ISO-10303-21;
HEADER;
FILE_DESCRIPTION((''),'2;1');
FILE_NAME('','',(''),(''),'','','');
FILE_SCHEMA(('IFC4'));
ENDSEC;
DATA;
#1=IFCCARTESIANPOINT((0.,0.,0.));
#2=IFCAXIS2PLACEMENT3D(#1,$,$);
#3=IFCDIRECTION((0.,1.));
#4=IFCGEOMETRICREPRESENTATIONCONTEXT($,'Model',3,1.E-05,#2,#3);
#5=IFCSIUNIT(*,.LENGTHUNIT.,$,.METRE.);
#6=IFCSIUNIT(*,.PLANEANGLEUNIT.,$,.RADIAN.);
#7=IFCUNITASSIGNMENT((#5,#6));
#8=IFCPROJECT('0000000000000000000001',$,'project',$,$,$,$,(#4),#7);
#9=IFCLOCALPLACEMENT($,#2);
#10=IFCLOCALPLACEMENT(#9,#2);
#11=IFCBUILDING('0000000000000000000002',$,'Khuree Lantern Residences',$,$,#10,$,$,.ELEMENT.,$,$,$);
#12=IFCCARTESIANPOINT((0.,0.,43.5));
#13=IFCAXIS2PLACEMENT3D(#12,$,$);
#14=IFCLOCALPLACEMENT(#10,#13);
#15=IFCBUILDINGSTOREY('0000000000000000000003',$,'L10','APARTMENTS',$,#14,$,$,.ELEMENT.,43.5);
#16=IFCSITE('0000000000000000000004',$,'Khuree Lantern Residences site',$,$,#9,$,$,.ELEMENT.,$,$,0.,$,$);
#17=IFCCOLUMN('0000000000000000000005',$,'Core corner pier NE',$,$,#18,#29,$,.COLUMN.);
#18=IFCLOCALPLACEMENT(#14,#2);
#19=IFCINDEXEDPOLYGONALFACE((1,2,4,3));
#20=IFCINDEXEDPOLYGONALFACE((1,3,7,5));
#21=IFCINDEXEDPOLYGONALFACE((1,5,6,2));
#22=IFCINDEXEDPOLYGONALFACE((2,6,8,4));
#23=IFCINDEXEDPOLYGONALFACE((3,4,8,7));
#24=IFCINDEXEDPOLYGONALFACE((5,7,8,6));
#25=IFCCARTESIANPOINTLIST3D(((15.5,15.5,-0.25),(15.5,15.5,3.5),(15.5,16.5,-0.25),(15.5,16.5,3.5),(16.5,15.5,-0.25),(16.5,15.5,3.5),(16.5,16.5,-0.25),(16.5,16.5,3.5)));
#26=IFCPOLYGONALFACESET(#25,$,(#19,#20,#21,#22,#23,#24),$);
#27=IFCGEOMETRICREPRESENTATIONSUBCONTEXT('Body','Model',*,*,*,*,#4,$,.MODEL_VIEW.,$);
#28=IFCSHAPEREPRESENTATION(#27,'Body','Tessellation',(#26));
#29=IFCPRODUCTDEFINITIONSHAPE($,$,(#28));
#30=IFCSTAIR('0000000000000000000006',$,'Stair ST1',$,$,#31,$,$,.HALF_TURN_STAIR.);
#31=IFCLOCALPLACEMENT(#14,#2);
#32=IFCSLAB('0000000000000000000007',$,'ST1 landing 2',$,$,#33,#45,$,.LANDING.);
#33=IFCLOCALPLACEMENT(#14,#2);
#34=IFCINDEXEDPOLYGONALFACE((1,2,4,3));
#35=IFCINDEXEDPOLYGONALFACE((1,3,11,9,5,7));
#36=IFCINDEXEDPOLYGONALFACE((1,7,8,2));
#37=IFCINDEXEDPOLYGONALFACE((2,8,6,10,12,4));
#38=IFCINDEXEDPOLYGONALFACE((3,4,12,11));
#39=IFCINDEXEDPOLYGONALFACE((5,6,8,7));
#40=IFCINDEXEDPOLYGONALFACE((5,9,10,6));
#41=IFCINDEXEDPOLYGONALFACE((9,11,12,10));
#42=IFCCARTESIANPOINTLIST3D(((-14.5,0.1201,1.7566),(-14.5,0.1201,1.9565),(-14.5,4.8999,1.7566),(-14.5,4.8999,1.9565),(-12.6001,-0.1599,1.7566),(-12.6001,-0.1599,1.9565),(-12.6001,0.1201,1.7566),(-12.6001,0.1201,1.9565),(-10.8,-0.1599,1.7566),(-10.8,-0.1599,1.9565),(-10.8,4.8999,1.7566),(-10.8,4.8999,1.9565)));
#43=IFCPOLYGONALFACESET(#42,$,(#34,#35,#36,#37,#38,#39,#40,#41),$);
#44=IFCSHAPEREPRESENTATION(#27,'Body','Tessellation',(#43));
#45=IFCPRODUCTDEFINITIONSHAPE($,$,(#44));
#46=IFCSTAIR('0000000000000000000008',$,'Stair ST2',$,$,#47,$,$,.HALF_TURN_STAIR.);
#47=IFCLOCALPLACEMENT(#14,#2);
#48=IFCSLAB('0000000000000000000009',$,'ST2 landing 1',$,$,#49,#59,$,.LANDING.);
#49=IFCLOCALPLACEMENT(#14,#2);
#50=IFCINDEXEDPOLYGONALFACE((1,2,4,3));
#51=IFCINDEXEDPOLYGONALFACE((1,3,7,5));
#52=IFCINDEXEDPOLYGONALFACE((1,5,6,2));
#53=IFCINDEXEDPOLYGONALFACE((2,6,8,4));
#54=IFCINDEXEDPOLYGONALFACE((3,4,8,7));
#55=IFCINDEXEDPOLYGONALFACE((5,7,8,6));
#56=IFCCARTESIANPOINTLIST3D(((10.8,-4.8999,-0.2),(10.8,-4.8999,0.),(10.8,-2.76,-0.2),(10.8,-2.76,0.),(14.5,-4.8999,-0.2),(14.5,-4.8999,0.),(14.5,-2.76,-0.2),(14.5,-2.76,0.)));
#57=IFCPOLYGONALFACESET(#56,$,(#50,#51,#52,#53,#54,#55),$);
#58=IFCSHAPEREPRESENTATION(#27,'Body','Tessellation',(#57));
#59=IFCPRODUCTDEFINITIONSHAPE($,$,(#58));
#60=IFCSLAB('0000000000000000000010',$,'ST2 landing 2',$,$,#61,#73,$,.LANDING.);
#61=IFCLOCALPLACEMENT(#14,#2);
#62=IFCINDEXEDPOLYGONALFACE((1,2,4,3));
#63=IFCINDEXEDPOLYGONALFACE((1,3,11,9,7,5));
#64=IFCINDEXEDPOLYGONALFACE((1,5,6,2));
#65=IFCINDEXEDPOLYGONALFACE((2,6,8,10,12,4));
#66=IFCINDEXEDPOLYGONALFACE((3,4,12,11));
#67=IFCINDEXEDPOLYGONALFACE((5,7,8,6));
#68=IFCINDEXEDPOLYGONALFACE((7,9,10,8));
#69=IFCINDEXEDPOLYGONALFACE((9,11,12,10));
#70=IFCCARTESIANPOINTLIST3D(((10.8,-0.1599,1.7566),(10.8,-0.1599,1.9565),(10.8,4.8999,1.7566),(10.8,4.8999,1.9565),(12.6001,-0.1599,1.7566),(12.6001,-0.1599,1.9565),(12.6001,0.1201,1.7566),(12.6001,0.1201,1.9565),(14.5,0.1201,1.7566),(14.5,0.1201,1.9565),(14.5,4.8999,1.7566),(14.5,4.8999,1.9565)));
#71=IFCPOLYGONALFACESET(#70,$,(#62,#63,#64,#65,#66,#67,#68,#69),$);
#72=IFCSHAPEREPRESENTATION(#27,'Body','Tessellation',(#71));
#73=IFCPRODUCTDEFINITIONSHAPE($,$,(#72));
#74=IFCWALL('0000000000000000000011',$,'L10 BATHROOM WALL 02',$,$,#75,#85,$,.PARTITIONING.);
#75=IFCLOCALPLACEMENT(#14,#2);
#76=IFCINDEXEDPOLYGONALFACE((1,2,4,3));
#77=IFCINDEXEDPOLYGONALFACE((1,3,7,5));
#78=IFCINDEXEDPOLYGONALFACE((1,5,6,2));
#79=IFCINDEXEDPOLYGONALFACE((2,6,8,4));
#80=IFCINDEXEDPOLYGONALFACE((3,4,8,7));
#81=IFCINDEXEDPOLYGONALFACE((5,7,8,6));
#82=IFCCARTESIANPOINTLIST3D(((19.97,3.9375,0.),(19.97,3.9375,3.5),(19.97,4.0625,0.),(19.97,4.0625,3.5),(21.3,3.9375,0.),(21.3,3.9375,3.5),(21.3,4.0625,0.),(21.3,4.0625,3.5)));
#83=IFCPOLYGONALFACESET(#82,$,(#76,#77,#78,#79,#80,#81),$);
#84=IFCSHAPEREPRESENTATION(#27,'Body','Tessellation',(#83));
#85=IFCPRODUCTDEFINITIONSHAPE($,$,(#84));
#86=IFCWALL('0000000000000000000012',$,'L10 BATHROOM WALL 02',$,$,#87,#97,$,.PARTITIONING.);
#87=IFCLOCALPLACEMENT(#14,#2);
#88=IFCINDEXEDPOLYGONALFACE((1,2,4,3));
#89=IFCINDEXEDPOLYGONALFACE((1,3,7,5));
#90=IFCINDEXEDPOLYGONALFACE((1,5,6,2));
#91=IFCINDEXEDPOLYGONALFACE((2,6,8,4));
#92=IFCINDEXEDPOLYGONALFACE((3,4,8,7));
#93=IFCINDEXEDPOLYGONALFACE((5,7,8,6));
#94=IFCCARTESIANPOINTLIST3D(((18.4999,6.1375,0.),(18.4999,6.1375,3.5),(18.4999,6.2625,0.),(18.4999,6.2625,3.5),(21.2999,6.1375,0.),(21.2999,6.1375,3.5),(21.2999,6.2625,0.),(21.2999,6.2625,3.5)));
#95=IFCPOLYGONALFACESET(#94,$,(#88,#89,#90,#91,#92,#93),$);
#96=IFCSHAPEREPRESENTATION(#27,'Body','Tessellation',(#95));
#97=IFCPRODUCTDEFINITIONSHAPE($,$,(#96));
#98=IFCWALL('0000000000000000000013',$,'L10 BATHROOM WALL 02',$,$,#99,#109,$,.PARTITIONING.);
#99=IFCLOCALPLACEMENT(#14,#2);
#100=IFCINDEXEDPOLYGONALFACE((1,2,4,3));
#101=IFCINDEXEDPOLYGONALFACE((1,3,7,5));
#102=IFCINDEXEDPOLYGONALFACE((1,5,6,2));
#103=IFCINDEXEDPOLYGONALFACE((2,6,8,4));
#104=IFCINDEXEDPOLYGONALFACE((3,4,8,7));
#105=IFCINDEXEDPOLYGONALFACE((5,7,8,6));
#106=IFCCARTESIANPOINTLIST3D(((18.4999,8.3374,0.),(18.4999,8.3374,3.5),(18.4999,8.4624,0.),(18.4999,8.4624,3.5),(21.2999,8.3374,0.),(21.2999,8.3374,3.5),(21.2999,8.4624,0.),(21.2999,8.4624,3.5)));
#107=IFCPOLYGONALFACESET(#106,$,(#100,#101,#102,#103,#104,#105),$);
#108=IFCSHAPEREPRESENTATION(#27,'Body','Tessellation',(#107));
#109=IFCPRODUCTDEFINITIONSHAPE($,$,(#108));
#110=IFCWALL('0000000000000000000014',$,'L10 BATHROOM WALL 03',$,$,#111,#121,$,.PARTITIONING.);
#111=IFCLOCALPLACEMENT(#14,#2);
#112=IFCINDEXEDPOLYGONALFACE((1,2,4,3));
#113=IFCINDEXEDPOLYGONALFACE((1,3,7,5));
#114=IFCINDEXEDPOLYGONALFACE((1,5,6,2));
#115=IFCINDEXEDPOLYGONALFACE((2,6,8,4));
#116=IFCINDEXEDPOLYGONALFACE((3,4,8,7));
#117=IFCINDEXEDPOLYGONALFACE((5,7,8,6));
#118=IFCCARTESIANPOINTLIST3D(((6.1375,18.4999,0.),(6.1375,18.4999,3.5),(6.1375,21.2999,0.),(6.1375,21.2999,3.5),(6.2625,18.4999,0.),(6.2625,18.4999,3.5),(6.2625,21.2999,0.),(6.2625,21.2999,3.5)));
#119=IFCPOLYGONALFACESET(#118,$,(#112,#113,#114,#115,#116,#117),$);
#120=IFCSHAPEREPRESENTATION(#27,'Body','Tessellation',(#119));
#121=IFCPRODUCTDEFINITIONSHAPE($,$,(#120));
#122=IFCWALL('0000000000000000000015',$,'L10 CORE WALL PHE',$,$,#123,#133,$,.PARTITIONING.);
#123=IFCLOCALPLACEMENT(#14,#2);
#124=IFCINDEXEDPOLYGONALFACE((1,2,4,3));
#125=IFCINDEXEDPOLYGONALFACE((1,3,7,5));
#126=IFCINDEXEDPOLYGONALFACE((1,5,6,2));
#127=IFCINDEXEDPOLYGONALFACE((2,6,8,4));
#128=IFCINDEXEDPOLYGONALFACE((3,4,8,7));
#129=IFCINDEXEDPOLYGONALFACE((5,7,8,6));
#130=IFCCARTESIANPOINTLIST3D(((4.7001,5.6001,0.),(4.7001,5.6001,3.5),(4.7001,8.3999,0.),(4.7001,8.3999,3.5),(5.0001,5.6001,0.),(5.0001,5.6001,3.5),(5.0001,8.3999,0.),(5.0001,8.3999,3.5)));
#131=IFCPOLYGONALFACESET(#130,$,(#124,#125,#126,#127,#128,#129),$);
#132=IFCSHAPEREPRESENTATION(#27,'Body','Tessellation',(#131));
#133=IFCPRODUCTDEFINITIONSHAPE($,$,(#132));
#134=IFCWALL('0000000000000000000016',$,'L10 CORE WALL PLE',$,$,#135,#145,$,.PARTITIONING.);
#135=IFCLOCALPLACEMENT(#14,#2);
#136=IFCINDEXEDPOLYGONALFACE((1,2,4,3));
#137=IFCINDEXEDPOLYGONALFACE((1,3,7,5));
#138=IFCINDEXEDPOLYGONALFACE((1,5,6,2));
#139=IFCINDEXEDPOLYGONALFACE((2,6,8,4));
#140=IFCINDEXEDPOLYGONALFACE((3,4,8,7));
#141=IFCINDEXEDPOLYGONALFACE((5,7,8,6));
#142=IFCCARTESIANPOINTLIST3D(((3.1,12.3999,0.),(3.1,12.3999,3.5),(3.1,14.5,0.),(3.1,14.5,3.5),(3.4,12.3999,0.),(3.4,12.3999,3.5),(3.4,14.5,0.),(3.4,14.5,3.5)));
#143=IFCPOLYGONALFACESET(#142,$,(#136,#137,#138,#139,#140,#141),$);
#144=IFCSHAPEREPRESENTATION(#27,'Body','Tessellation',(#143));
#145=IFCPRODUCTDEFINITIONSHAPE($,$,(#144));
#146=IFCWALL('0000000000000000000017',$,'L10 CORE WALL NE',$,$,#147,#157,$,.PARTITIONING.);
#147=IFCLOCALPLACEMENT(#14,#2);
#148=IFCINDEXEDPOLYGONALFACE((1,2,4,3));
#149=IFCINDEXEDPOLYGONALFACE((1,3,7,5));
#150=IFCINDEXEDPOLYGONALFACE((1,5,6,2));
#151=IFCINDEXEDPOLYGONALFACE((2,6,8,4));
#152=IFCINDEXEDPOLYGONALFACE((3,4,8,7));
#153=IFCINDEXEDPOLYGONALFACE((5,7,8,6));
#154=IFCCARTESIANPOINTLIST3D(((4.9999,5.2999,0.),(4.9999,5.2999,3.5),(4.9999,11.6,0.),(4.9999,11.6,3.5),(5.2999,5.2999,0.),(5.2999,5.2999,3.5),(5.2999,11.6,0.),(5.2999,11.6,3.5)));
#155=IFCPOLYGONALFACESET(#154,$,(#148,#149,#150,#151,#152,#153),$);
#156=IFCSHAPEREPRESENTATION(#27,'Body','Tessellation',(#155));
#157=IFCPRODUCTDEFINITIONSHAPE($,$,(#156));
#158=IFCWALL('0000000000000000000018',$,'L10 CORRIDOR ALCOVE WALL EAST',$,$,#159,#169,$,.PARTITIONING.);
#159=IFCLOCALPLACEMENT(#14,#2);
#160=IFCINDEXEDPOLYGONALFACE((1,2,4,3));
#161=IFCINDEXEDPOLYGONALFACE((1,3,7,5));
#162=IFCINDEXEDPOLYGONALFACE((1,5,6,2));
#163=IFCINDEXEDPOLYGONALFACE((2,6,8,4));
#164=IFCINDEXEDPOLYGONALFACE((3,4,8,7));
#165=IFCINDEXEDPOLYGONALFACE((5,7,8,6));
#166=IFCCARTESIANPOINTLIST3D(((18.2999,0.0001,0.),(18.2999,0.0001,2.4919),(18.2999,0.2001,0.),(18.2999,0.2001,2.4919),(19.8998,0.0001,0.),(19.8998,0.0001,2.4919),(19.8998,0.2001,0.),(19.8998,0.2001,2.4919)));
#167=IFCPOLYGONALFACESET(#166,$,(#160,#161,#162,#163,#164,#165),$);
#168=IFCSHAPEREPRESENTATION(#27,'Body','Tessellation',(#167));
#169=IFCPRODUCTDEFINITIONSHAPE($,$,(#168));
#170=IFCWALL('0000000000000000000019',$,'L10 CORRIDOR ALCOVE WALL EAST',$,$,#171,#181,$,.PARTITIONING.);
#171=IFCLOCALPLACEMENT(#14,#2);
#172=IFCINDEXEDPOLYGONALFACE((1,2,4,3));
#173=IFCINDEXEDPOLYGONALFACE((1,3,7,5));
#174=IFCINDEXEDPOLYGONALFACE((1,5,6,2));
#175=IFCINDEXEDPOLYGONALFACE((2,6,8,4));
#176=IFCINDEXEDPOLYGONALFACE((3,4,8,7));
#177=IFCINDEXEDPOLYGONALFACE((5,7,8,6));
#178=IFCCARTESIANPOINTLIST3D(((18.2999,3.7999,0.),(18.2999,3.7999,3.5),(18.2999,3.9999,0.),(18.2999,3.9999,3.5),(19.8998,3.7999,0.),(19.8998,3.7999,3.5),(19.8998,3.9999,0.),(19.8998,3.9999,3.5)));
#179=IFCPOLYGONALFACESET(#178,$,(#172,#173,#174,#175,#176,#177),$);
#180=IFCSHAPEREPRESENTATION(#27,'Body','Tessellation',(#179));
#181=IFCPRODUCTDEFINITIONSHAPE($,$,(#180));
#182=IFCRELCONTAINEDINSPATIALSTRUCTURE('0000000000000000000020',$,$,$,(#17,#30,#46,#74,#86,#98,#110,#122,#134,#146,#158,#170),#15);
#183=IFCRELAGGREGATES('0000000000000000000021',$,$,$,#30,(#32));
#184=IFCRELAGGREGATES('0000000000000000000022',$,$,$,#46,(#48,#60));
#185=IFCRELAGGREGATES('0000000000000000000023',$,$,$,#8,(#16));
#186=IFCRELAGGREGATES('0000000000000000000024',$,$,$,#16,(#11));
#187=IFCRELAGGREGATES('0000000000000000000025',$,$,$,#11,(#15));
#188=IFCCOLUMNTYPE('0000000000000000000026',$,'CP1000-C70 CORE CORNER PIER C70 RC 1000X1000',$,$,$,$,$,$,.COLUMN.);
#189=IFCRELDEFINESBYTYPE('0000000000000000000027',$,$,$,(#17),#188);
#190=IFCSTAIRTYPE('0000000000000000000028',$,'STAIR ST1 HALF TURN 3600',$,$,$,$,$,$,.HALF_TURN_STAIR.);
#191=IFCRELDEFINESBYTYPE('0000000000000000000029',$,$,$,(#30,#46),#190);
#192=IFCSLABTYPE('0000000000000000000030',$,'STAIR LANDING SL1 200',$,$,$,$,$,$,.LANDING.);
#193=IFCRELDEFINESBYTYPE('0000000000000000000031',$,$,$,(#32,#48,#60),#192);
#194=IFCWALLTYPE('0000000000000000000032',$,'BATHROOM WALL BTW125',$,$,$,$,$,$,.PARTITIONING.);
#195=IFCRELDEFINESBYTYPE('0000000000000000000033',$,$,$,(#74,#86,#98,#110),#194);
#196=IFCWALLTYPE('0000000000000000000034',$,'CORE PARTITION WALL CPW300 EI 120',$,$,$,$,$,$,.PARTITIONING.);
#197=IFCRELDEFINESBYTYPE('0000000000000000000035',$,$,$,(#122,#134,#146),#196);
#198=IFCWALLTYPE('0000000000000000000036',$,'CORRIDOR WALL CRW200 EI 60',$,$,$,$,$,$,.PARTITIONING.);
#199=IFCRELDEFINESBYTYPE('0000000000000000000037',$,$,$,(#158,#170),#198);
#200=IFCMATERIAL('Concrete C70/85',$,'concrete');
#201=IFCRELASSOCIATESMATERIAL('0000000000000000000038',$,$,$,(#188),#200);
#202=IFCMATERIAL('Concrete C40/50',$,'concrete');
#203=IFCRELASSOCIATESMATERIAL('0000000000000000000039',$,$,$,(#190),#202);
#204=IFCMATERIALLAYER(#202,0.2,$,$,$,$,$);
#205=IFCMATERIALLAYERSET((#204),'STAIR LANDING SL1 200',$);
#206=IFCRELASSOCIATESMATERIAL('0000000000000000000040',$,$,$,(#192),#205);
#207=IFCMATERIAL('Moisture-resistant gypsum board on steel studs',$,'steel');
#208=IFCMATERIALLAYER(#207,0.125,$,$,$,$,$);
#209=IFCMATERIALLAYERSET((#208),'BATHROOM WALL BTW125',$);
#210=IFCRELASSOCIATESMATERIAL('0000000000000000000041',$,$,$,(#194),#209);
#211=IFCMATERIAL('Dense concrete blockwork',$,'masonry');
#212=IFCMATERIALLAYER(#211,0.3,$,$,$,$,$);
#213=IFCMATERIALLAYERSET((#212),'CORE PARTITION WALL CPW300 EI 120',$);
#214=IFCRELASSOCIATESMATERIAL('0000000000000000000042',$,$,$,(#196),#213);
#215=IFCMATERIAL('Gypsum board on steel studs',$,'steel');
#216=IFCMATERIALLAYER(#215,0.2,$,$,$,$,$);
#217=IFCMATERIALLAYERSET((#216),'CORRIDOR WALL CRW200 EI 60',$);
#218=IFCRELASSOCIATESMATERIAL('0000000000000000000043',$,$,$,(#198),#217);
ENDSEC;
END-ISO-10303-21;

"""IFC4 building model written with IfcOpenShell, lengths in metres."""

from ifc_helpers import new_model, si_unit, direction, frame, frame_2d, origin, origin_2d, place, context, subcontext, project, spatial, polyline, rectangle, outline, extrude, material, layer, layer_set, material_profile, profile_set, type_object, element, aggregate, save


model = new_model("IFC4")

# Units and contexts
model_context = context("Model", 3, precision=1e-05, world=origin(), true_north=direction((0.0, 1.0)))
body_context = subcontext(model_context, "Body", "Model", "MODEL_VIEW")
ifc_project = project(units=[si_unit("LENGTHUNIT", "METRE"), si_unit("PLANEANGLEUNIT", "RADIAN")], contexts=[model_context])

# Site, building, storey
site_placement = place(None, origin())
site = spatial("IfcSite", under=ifc_project, at=site_placement, Name="Khuree Lantern Residences site", CompositionType="ELEMENT", RefElevation=0.0)
building_placement = place(site_placement, origin())
building = spatial("IfcBuilding", under=site, at=building_placement, Name="Khuree Lantern Residences", CompositionType="ELEMENT")
storey_placement = place(building_placement, frame((0.0, 0.0, 43.5)))
storey = spatial("IfcBuildingStorey", under=building, at=storey_placement, Name="L10", Description="APARTMENTS", CompositionType="ELEMENT", Elevation=43.5)

# Column
ifc_material_1 = material(Name="Concrete C70/85", Category="concrete")
ifc_material_profile = material_profile(ifc_material_1, rectangle(XDim=1.0, YDim=1.0, at=origin_2d()), Name="RC 1000X1000")
ifc_profile_set = profile_set([ifc_material_profile], Name="Concrete C70/85")
column_type = type_object("IfcColumnType", Name="CP1000-C70 CORE CORNER PIER C70 RC 1000X1000", PredefinedType="COLUMN", material=ifc_profile_set)
column_placement = place(storey_placement, frame((16.0, 16.0, -0.25), z_axis=(0.0, 0.0, 1.0), x_axis=(1.0, 0.0, 0.0)))
element("IfcColumn", 1, at=column_placement, inside=storey, type_object=column_type, Name="Core corner pier NE", PredefinedType="COLUMN", context=body_context, shape_type="SweptSolid", body=[
    extrude(rectangle(XDim=1.0, YDim=1.0, at=origin_2d()), origin(), (0.0, 0.0, 1.0), 3.75),
])

# Stair, slab
ifc_material_2 = material(Name="Concrete C40/50", Category="concrete")
stair_type = type_object("IfcStairType", Name="STAIR ST1 HALF TURN 3600", PredefinedType="HALF_TURN_STAIR", material=ifc_material_2)
stair_1_placement = place(storey_placement, origin())
stair_1 = element("IfcStair", 2, at=stair_1_placement, inside=storey, type_object=stair_type, Name="Stair ST1", PredefinedType="HALF_TURN_STAIR")
ifc_layer_1 = layer(ifc_material_2, 0.2)
ifc_layer_set_1 = layer_set([ifc_layer_1], Name="STAIR LANDING SL1 200")
slab_type = type_object("IfcSlabType", Name="STAIR LANDING SL1 200", PredefinedType="LANDING", material=ifc_layer_set_1)
slab_1_placement = place(storey_placement, frame((0.0, 0.0, 1.7566)))
slab_1 = element("IfcSlab", 3, at=slab_1_placement, type_object=slab_type, Name="ST1 landing 2", PredefinedType="LANDING", context=body_context, shape_type="SweptSolid", body=[
    extrude(outline(polyline([(-14.5, 0.1201), (-14.5, 4.8999), (-10.8, 4.8999), (-10.8, -0.1599), (-12.6001, -0.1599), (-12.6001, 0.1201), (-14.5, 0.1201)])), origin(), (0.0, 0.0, 1.0), 0.2),
])
aggregate(stair_1, [slab_1])

# Stair, slabs
stair_2_placement = place(storey_placement, origin())
stair_2 = element("IfcStair", 4, at=stair_2_placement, inside=storey, type_object=stair_type, Name="Stair ST2", PredefinedType="HALF_TURN_STAIR")
slab_2_placement = place(storey_placement, frame((0.0, 0.0, -0.2)))
slab_2 = element("IfcSlab", 5, at=slab_2_placement, type_object=slab_type, Name="ST2 landing 1", PredefinedType="LANDING", context=body_context, shape_type="SweptSolid", body=[
    extrude(outline(polyline([(10.8, -4.8999), (14.5, -4.8999), (14.5, -2.76), (10.8, -2.76), (10.8, -4.8999)])), origin(), (0.0, 0.0, 1.0), 0.2),
])
slab_3_placement = place(storey_placement, frame((0.0, 0.0, 1.7566)))
slab_3 = element("IfcSlab", 6, at=slab_3_placement, type_object=slab_type, Name="ST2 landing 2", PredefinedType="LANDING", context=body_context, shape_type="SweptSolid", body=[
    extrude(outline(polyline([(14.5, 4.8999), (14.5, 0.1201), (12.6001, 0.1201), (12.6001, -0.1599), (10.8, -0.1599), (10.8, 4.8999), (14.5, 4.8999)])), origin(), (0.0, 0.0, 1.0), 0.2),
])
aggregate(stair_2, [slab_2, slab_3])

# Walls
ifc_material_3 = material(Name="Moisture-resistant gypsum board on steel studs", Category="steel")
ifc_layer_2 = layer(ifc_material_3, 0.125)
ifc_layer_set_2 = layer_set([ifc_layer_2], Name="BATHROOM WALL BTW125")
wall_type_1 = type_object("IfcWallType", Name="BATHROOM WALL BTW125", PredefinedType="PARTITIONING", material=ifc_layer_set_2)
wall_1_placement = place(storey_placement, frame((19.97, 4.0, 0.0), z_axis=(0.0, 0.0, 1.0), x_axis=(1.0, 0.0, 0.0)))
element("IfcWall", 7, at=wall_1_placement, inside=storey, type_object=wall_type_1, Name="L10 BATHROOM WALL 02", PredefinedType="PARTITIONING", context=body_context, shape_type="SweptSolid", body=[
    extrude(rectangle(XDim=1.3301, YDim=0.125, at=frame_2d((0.665, 0.0))), origin(), (0.0, 0.0, 1.0), 3.5),
])
for number, where, z_axis, x_axis, name in (
    (8, (18.5, 6.2, 0.0), (0.0, 0.0, 1.0), (1.0, 0.0, 0.0), "L10 BATHROOM WALL 02"),
    (9, (18.5, 8.3999, 0.0), (0.0, 0.0, 1.0), (1.0, 0.0, 0.0), "L10 BATHROOM WALL 02"),
    (10, (6.2, 18.5, 0.0), (0.0, 0.0, 1.0), (0.0, 1.0, 0.0), "L10 BATHROOM WALL 03"),
):
    element("IfcWall", number, at=place(storey_placement, frame(where, z_axis=z_axis, x_axis=x_axis)), inside=storey, type_object=wall_type_1, Name=name, PredefinedType="PARTITIONING", context=body_context, shape_type="SweptSolid", body=[
        extrude(rectangle(XDim=2.8, YDim=0.125, at=frame_2d((1.3999, 0.0))), origin(), (0.0, 0.0, 1.0), 3.5),
    ])
ifc_material_4 = material(Name="Dense concrete blockwork", Category="masonry")
ifc_layer_3 = layer(ifc_material_4, 0.3)
ifc_layer_set_3 = layer_set([ifc_layer_3], Name="CORE PARTITION WALL CPW300 EI 120")
wall_type_2 = type_object("IfcWallType", Name="CORE PARTITION WALL CPW300 EI 120", PredefinedType="PARTITIONING", material=ifc_layer_set_3)
wall_2_placement = place(storey_placement, frame((4.8501, 5.6001, 0.0), z_axis=(0.0, 0.0, 1.0), x_axis=(0.0, 1.0, 0.0)))
element("IfcWall", 11, at=wall_2_placement, inside=storey, type_object=wall_type_2, Name="L10 CORE WALL PHE", PredefinedType="PARTITIONING", context=body_context, shape_type="SweptSolid", body=[
    extrude(rectangle(XDim=2.7998, YDim=0.3, at=frame_2d((1.3999, 0.0))), origin(), (0.0, 0.0, 1.0), 3.5),
])
wall_3_placement = place(storey_placement, frame((3.25, 12.3999, 0.0), z_axis=(0.0, 0.0, 1.0), x_axis=(0.0, 1.0, 0.0)))
element("IfcWall", 12, at=wall_3_placement, inside=storey, type_object=wall_type_2, Name="L10 CORE WALL PLE", PredefinedType="PARTITIONING", context=body_context, shape_type="SweptSolid", body=[
    extrude(rectangle(XDim=2.1001, YDim=0.3, at=frame_2d((1.05, 0.0))), origin(), (0.0, 0.0, 1.0), 3.5),
])
wall_4_placement = place(storey_placement, frame((5.1499, 5.3, 0.0), z_axis=(0.0, 0.0, 1.0), x_axis=(0.0, 1.0, 0.0)))
element("IfcWall", 13, at=wall_4_placement, inside=storey, type_object=wall_type_2, Name="L10 CORE WALL NE", PredefinedType="PARTITIONING", context=body_context, shape_type="SweptSolid", body=[
    extrude(rectangle(XDim=6.3, YDim=0.3, at=frame_2d((3.1499, 0.0))), origin(), (0.0, 0.0, 1.0), 3.5),
])
ifc_material_5 = material(Name="Gypsum board on steel studs", Category="steel")
ifc_layer_4 = layer(ifc_material_5, 0.2)
ifc_layer_set_4 = layer_set([ifc_layer_4], Name="CORRIDOR WALL CRW200 EI 60")
wall_type_3 = type_object("IfcWallType", Name="CORRIDOR WALL CRW200 EI 60", PredefinedType="PARTITIONING", material=ifc_layer_set_4)
wall_5_placement = place(storey_placement, frame((18.3, 0.1001, 0.0), z_axis=(0.0, 0.0, 1.0), x_axis=(1.0, 0.0, 0.0)))
element("IfcWall", 14, at=wall_5_placement, inside=storey, type_object=wall_type_3, Name="L10 CORRIDOR ALCOVE WALL EAST", PredefinedType="PARTITIONING", context=body_context, shape_type="SweptSolid", body=[
    extrude(rectangle(XDim=1.5999, YDim=0.2, at=frame_2d((0.7998, 0.0))), origin(), (0.0, 0.0, 1.0), 2.4919),
])
wall_6_placement = place(storey_placement, frame((18.3, 3.8999, 0.0), z_axis=(0.0, 0.0, 1.0), x_axis=(1.0, 0.0, 0.0)))
element("IfcWall", 15, at=wall_6_placement, inside=storey, type_object=wall_type_3, Name="L10 CORRIDOR ALCOVE WALL EAST", PredefinedType="PARTITIONING", context=body_context, shape_type="SweptSolid", body=[
    extrude(rectangle(XDim=1.5999, YDim=0.2, at=frame_2d((0.7998, 0.0))), origin(), (0.0, 0.0, 1.0), 3.5),
])

save(model, "model.ifc")
